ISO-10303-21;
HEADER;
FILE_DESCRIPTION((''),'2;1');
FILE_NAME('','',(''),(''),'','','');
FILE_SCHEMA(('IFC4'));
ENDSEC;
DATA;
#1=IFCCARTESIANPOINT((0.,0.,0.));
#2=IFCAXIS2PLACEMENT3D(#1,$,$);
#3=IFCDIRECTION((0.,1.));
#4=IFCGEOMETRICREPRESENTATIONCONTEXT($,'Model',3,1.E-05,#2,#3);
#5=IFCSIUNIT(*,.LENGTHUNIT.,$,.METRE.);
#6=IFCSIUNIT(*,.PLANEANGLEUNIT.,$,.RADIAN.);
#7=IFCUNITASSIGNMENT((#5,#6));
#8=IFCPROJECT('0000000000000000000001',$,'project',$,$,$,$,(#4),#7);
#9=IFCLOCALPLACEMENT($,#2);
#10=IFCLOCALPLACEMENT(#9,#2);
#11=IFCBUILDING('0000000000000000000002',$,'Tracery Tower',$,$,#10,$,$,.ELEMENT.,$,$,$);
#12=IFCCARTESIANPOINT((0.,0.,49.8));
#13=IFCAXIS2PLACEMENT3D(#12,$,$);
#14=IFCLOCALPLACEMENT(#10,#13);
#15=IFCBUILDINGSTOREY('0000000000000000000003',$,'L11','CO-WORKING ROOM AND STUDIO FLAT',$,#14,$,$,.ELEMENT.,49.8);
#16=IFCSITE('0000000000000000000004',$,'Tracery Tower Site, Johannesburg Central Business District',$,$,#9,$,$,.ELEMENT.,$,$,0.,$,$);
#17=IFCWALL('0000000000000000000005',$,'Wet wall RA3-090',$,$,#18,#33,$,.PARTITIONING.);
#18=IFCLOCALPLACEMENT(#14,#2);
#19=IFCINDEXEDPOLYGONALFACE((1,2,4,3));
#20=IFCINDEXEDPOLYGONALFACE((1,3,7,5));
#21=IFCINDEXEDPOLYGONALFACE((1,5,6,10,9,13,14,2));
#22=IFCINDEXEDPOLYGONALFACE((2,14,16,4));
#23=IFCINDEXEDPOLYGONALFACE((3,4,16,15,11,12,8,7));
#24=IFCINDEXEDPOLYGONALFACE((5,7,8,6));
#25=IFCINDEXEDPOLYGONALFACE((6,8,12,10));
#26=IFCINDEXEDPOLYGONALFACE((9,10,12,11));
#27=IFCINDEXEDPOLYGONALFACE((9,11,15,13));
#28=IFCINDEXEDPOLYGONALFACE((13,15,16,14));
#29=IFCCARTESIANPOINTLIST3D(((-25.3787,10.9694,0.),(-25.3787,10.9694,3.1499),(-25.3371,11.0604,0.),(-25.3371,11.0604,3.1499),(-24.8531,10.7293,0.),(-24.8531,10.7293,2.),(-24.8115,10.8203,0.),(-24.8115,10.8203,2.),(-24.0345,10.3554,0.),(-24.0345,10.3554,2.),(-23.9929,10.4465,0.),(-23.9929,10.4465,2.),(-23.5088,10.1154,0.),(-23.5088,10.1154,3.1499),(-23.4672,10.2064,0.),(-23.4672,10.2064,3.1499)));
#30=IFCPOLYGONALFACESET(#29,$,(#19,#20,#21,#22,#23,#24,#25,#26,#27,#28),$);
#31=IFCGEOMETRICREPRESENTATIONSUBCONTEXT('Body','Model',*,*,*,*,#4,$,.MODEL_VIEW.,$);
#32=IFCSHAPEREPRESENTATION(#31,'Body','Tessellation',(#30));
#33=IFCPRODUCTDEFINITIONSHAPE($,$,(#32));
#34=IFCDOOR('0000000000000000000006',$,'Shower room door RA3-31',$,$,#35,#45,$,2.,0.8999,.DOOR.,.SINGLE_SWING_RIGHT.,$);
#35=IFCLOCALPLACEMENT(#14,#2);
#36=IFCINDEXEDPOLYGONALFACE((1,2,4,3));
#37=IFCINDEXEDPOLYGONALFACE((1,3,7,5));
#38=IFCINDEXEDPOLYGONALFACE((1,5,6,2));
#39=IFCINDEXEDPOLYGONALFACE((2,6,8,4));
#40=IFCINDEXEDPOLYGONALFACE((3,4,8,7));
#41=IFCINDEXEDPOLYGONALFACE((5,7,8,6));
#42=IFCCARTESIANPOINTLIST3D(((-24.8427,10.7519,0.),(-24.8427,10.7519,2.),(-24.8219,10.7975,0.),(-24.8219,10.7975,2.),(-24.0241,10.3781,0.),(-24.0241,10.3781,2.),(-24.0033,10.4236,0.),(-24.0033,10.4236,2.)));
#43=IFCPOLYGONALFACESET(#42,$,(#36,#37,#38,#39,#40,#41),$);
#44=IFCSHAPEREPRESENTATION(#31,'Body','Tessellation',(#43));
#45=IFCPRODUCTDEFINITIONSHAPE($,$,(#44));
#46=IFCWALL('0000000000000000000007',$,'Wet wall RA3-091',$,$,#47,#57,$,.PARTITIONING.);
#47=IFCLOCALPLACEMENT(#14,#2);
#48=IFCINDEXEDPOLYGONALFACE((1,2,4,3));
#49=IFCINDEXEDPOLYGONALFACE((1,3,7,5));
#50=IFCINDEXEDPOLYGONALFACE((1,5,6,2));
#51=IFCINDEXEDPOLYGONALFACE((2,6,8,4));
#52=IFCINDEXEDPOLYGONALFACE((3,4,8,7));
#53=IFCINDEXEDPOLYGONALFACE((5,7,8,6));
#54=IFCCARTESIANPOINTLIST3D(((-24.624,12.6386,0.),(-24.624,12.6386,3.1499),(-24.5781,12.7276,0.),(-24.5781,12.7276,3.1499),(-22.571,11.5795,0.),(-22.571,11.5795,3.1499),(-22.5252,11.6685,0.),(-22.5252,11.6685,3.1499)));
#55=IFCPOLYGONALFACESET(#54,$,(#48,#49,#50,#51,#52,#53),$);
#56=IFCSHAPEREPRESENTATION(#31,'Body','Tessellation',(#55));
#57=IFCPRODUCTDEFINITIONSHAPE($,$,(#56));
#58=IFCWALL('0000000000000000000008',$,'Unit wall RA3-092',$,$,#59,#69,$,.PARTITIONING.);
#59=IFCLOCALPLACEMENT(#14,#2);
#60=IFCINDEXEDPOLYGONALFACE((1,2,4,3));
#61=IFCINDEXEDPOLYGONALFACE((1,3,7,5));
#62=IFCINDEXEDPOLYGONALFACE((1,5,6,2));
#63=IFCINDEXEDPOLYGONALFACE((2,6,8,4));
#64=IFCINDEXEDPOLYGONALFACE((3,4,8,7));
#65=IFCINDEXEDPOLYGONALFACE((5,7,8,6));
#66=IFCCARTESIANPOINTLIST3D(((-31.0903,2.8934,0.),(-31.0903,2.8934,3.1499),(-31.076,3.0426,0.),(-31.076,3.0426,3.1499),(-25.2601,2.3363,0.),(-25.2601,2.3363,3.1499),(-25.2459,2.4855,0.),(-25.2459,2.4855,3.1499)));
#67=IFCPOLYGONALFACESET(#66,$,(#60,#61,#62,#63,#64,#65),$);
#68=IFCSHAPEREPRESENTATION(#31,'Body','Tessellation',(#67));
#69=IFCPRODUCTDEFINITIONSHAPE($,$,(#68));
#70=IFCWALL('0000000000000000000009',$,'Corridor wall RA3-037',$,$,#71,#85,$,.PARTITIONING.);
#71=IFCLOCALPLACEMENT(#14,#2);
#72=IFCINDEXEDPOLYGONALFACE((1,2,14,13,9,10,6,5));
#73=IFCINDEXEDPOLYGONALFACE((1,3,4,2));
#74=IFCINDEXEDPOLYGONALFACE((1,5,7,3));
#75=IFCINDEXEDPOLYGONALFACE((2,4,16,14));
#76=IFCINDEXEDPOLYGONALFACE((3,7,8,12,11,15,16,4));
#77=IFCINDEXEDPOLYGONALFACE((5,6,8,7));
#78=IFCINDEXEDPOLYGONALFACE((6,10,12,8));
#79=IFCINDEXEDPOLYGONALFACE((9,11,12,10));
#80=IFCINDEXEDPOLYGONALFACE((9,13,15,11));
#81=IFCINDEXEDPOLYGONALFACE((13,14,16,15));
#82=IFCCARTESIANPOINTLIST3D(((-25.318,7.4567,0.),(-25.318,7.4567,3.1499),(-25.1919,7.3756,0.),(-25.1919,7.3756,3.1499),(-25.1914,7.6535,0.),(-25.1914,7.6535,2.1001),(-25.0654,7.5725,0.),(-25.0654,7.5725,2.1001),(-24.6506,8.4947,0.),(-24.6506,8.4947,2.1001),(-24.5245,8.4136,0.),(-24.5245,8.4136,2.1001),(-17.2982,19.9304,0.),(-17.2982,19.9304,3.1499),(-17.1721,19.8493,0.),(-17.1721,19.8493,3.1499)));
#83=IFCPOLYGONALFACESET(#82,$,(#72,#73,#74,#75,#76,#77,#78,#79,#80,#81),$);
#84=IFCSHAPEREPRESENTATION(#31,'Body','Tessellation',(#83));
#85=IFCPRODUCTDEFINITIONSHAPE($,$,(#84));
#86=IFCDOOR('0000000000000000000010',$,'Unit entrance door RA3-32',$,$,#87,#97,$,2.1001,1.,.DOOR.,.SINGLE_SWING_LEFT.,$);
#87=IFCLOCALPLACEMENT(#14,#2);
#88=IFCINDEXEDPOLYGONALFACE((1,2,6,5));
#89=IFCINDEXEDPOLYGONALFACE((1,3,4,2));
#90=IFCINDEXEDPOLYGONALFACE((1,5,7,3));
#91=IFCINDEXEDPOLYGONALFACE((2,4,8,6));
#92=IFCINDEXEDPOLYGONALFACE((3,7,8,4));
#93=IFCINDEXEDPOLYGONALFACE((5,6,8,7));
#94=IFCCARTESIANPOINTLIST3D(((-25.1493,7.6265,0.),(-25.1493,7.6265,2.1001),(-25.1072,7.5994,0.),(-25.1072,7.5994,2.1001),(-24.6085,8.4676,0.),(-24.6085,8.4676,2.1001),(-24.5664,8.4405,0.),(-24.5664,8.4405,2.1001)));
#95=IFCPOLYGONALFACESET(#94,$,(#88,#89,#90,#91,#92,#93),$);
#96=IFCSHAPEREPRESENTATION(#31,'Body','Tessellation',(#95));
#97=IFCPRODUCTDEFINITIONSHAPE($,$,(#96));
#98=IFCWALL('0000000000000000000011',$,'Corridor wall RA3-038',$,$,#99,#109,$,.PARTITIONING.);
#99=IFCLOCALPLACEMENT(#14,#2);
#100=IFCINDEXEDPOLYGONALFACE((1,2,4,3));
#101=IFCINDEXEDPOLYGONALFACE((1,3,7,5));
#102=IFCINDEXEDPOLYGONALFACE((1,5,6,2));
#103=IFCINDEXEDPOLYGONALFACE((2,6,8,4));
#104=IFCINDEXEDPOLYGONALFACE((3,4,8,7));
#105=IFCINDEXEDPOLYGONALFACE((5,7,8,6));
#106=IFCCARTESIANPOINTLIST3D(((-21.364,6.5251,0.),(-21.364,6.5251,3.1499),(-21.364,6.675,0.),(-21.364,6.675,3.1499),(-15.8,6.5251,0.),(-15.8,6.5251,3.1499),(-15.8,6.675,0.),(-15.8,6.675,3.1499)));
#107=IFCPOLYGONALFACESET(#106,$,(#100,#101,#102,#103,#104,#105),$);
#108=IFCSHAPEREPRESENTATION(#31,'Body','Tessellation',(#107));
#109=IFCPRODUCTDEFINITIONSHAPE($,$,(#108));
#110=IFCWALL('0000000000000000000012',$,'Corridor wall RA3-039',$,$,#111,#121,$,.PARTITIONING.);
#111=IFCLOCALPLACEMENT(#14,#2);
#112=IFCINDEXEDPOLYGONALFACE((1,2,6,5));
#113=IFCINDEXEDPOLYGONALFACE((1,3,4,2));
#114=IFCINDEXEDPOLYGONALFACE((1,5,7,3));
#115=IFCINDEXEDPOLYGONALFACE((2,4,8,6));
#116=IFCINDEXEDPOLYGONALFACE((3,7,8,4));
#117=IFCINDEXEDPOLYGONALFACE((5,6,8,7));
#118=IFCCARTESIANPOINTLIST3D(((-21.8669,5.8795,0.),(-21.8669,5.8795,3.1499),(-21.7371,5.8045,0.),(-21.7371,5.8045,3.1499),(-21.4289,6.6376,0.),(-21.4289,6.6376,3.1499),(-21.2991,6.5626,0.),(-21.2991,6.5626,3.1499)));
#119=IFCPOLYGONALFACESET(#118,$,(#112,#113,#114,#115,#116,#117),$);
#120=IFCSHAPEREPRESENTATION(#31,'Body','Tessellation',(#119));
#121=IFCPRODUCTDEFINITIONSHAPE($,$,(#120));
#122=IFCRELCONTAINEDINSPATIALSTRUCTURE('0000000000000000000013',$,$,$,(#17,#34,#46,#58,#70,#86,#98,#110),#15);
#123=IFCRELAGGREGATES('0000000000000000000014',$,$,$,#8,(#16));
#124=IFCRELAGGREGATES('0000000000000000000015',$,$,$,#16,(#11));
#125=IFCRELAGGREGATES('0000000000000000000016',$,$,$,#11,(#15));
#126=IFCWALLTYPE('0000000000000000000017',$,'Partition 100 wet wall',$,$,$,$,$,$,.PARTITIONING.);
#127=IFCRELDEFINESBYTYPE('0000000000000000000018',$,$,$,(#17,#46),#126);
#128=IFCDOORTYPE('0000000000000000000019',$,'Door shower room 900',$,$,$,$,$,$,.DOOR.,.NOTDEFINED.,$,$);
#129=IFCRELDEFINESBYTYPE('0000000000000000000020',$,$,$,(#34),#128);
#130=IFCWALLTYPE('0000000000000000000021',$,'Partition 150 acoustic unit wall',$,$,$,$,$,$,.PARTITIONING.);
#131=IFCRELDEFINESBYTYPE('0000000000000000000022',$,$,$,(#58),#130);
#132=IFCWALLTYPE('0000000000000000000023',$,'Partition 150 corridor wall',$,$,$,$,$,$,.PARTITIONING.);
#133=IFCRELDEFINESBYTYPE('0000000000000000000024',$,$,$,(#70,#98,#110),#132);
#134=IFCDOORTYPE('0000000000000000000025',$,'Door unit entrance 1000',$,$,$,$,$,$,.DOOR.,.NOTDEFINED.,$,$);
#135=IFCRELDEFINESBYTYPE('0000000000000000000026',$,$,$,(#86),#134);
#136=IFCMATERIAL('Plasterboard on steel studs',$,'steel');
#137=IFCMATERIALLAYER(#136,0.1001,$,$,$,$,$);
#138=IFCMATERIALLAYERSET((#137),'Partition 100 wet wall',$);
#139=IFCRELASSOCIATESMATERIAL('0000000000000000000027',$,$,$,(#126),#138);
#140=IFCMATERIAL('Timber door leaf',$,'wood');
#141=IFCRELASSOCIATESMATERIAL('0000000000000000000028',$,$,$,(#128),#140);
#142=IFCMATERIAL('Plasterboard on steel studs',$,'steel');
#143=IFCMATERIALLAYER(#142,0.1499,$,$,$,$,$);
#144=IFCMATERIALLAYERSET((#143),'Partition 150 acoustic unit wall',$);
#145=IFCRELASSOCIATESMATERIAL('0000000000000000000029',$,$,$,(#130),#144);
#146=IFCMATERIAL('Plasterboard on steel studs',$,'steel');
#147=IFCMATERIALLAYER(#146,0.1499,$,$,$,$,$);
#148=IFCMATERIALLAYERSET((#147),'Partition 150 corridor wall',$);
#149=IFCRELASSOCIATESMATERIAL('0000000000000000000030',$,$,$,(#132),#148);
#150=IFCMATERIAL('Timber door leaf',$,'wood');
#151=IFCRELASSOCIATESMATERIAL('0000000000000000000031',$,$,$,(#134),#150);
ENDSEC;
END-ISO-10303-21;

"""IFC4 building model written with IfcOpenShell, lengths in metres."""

from ifc_helpers import new_model, si_unit, direction, frame, frame_2d, origin, place, context, subcontext, project, spatial, rectangle, extrude, material, layer, layer_set, type_object, element, fill, save


model = new_model("IFC4")

# Units and contexts
model_context = context("Model", 3, precision=1e-05, world=origin(), true_north=direction((0.0, 1.0)))
body_context = subcontext(model_context, "Body", "Model", "MODEL_VIEW")
ifc_project = project(units=[si_unit("LENGTHUNIT", "METRE"), si_unit("PLANEANGLEUNIT", "RADIAN")], contexts=[model_context])

# Site, building, storey
site_placement = place(None, origin())
site = spatial("IfcSite", under=ifc_project, at=site_placement, Name="Tracery Tower Site, Johannesburg Central Business District", CompositionType="ELEMENT", RefElevation=0.0)
building_placement = place(site_placement, origin())
building = spatial("IfcBuilding", under=site, at=building_placement, Name="Tracery Tower", CompositionType="ELEMENT")
storey_placement = place(building_placement, frame((0.0, 0.0, 49.8)))
storey = spatial("IfcBuildingStorey", under=building, at=storey_placement, Name="L11", Description="CO-WORKING ROOM AND STUDIO FLAT", CompositionType="ELEMENT", Elevation=49.8)

# Shared definitions
ifc_material_1 = material(Name="Plasterboard on steel studs", Category="steel")
ifc_layer_1 = layer(ifc_material_1, 0.1001)
ifc_layer_set_1 = layer_set([ifc_layer_1], Name="Partition 100 wet wall")
wall_type_1 = type_object("IfcWallType", Name="Partition 100 wet wall", PredefinedType="PARTITIONING", material=ifc_layer_set_1)

# Wall, opening, door
wall_1_placement = place(storey_placement, frame((-25.3579, 11.0149, 0.0), z_axis=(0.0, 0.0, 1.0), x_axis=(0.909621, -0.41544, 0.0)))
wall_1 = element("IfcWall", 1, at=wall_1_placement, inside=storey, type_object=wall_type_1, Name="Wet wall RA3-090", PredefinedType="PARTITIONING", context=body_context, shape_type="SweptSolid", body=[
    extrude(rectangle(XDim=2.0557, YDim=0.1001, at=frame_2d((1.0278, 0.0))), origin(), (0.0, 0.0, 1.0), 3.1499),
])
opening_1_placement = place(wall_1_placement, frame((0.5779, 0.0, 0.0)))
opening_1 = element("IfcOpeningElement", 2, at=opening_1_placement, cuts=wall_1, PredefinedType="OPENING", context=body_context, shape_type="SweptSolid", body=[
    extrude(rectangle(XDim=0.8999, YDim=2.0, at=frame_2d((0.45, 1.0))), frame((0.0, 0.05, 0.0), z_axis=(0.0, -1.0, 0.0), x_axis=(1.0, 0.0, 0.0)), (0.0, 0.0, 1.0), 0.1001),
])
ifc_material_2 = material(Name="Timber door leaf", Category="wood")
door_type_1 = type_object("IfcDoorType", Name="Door shower room 900", OperationType="NOTDEFINED", PredefinedType="DOOR", material=ifc_material_2)
door_1_placement = place(opening_1_placement, origin())
door_1 = element("IfcDoor", 3, at=door_1_placement, inside=storey, type_object=door_type_1, Name="Shower room door RA3-31", OperationType="SINGLE_SWING_RIGHT", OverallHeight=2.0, OverallWidth=0.8999, PredefinedType="DOOR", context=body_context, shape_type="SweptSolid", body=[
    extrude(rectangle(XDim=0.8999, YDim=2.0, at=frame_2d((0.45, 1.0))), frame((0.0, 0.0249, 0.0), z_axis=(0.0, -1.0, 0.0), x_axis=(1.0, 0.0, 0.0)), (0.0, 0.0, 1.0), 0.05),
])
fill(opening_1, door_1)

# Walls
wall_2_placement = place(storey_placement, frame((-24.6011, 12.6831, 0.0), z_axis=(0.0, 0.0, 1.0), x_axis=(0.888712, -0.458465, 0.0)))
element("IfcWall", 4, at=wall_2_placement, inside=storey, type_object=wall_type_1, Name="Wet wall RA3-091", PredefinedType="PARTITIONING", context=body_context, shape_type="SweptSolid", body=[
    extrude(rectangle(XDim=2.3101, YDim=0.1001, at=frame_2d((1.155, 0.0))), origin(), (0.0, 0.0, 1.0), 3.1499),
])
ifc_material_3 = material(Name="Plasterboard on steel studs", Category="steel")
ifc_layer_2 = layer(ifc_material_3, 0.1499)
ifc_layer_set_2 = layer_set([ifc_layer_2], Name="Partition 150 acoustic unit wall")
wall_type_2 = type_object("IfcWallType", Name="Partition 150 acoustic unit wall", PredefinedType="PARTITIONING", material=ifc_layer_set_2)
wall_3_placement = place(storey_placement, frame((-31.083, 2.968, 0.0), z_axis=(0.0, 0.0, 1.0), x_axis=(0.995465, -0.095128, 0.0)))
element("IfcWall", 5, at=wall_3_placement, inside=storey, type_object=wall_type_2, Name="Unit wall RA3-092", PredefinedType="PARTITIONING", context=body_context, shape_type="SweptSolid", body=[
    extrude(rectangle(XDim=5.8567, YDim=0.1499, at=frame_2d((2.9282, 0.0))), origin(), (0.0, 0.0, 1.0), 3.1499),
])

# Wall, opening, door
ifc_material_4 = material(Name="Plasterboard on steel studs", Category="steel")
ifc_layer_3 = layer(ifc_material_4, 0.1499)
ifc_layer_set_3 = layer_set([ifc_layer_3], Name="Partition 150 corridor wall")
wall_type_3 = type_object("IfcWallType", Name="Partition 150 corridor wall", PredefinedType="PARTITIONING", material=ifc_layer_set_3)
wall_4_placement = place(storey_placement, frame((-25.2549, 7.4163, 0.0), z_axis=(0.0, 0.0, 1.0), x_axis=(0.540806, 0.841147, 0.0)))
wall_4 = element("IfcWall", 6, at=wall_4_placement, inside=storey, type_object=wall_type_3, Name="Corridor wall RA3-037", PredefinedType="PARTITIONING", context=body_context, shape_type="SweptSolid", body=[
    extrude(rectangle(XDim=14.8293, YDim=0.1499, at=frame_2d((7.4146, 0.0))), origin(), (0.0, 0.0, 1.0), 3.1499),
])
opening_2_placement = place(wall_4_placement, frame((0.2339, 0.0, 0.0)))
opening_2 = element("IfcOpeningElement", 7, at=opening_2_placement, cuts=wall_4, PredefinedType="OPENING", context=body_context, shape_type="SweptSolid", body=[
    extrude(rectangle(XDim=1.0, YDim=2.1001, at=frame_2d((0.5, 1.05))), frame((0.0, 0.075, 0.0), z_axis=(0.0, -1.0, 0.0), x_axis=(1.0, 0.0, 0.0)), (0.0, 0.0, 1.0), 0.1499),
])
ifc_material_5 = material(Name="Timber door leaf", Category="wood")
door_type_2 = type_object("IfcDoorType", Name="Door unit entrance 1000", OperationType="NOTDEFINED", PredefinedType="DOOR", material=ifc_material_5)
door_2_placement = place(opening_2_placement, origin())
door_2 = element("IfcDoor", 8, at=door_2_placement, inside=storey, type_object=door_type_2, Name="Unit entrance door RA3-32", OperationType="SINGLE_SWING_LEFT", OverallHeight=2.1001, OverallWidth=1.0, PredefinedType="DOOR", context=body_context, shape_type="SweptSolid", body=[
    extrude(rectangle(XDim=1.0, YDim=2.1001, at=frame_2d((0.5, 1.05))), frame((0.0, 0.0249, 0.0), z_axis=(0.0, -1.0, 0.0), x_axis=(1.0, 0.0, 0.0)), (0.0, 0.0, 1.0), 0.05),
])
fill(opening_2, door_2)

# Walls
wall_5_placement = place(storey_placement, frame((-21.364, 6.6001, 0.0), z_axis=(0.0, 0.0, 1.0), x_axis=(1.0, 0.0, 0.0)))
element("IfcWall", 9, at=wall_5_placement, inside=storey, type_object=wall_type_3, Name="Corridor wall RA3-038", PredefinedType="PARTITIONING", context=body_context, shape_type="SweptSolid", body=[
    extrude(rectangle(XDim=5.564, YDim=0.1499, at=frame_2d((2.782, 0.0))), origin(), (0.0, 0.0, 1.0), 3.1499),
])
wall_6_placement = place(storey_placement, frame((-21.802, 5.842, 0.0), z_axis=(0.0, 0.0, 1.0), x_axis=(0.500278, 0.865865, 0.0)))
element("IfcWall", 10, at=wall_6_placement, inside=storey, type_object=wall_type_3, Name="Corridor wall RA3-039", PredefinedType="PARTITIONING", context=body_context, shape_type="SweptSolid", body=[
    extrude(rectangle(XDim=0.8755, YDim=0.1499, at=frame_2d((0.4377, 0.0))), origin(), (0.0, 0.0, 1.0), 3.1499),
])

save(model, "model.ifc")
